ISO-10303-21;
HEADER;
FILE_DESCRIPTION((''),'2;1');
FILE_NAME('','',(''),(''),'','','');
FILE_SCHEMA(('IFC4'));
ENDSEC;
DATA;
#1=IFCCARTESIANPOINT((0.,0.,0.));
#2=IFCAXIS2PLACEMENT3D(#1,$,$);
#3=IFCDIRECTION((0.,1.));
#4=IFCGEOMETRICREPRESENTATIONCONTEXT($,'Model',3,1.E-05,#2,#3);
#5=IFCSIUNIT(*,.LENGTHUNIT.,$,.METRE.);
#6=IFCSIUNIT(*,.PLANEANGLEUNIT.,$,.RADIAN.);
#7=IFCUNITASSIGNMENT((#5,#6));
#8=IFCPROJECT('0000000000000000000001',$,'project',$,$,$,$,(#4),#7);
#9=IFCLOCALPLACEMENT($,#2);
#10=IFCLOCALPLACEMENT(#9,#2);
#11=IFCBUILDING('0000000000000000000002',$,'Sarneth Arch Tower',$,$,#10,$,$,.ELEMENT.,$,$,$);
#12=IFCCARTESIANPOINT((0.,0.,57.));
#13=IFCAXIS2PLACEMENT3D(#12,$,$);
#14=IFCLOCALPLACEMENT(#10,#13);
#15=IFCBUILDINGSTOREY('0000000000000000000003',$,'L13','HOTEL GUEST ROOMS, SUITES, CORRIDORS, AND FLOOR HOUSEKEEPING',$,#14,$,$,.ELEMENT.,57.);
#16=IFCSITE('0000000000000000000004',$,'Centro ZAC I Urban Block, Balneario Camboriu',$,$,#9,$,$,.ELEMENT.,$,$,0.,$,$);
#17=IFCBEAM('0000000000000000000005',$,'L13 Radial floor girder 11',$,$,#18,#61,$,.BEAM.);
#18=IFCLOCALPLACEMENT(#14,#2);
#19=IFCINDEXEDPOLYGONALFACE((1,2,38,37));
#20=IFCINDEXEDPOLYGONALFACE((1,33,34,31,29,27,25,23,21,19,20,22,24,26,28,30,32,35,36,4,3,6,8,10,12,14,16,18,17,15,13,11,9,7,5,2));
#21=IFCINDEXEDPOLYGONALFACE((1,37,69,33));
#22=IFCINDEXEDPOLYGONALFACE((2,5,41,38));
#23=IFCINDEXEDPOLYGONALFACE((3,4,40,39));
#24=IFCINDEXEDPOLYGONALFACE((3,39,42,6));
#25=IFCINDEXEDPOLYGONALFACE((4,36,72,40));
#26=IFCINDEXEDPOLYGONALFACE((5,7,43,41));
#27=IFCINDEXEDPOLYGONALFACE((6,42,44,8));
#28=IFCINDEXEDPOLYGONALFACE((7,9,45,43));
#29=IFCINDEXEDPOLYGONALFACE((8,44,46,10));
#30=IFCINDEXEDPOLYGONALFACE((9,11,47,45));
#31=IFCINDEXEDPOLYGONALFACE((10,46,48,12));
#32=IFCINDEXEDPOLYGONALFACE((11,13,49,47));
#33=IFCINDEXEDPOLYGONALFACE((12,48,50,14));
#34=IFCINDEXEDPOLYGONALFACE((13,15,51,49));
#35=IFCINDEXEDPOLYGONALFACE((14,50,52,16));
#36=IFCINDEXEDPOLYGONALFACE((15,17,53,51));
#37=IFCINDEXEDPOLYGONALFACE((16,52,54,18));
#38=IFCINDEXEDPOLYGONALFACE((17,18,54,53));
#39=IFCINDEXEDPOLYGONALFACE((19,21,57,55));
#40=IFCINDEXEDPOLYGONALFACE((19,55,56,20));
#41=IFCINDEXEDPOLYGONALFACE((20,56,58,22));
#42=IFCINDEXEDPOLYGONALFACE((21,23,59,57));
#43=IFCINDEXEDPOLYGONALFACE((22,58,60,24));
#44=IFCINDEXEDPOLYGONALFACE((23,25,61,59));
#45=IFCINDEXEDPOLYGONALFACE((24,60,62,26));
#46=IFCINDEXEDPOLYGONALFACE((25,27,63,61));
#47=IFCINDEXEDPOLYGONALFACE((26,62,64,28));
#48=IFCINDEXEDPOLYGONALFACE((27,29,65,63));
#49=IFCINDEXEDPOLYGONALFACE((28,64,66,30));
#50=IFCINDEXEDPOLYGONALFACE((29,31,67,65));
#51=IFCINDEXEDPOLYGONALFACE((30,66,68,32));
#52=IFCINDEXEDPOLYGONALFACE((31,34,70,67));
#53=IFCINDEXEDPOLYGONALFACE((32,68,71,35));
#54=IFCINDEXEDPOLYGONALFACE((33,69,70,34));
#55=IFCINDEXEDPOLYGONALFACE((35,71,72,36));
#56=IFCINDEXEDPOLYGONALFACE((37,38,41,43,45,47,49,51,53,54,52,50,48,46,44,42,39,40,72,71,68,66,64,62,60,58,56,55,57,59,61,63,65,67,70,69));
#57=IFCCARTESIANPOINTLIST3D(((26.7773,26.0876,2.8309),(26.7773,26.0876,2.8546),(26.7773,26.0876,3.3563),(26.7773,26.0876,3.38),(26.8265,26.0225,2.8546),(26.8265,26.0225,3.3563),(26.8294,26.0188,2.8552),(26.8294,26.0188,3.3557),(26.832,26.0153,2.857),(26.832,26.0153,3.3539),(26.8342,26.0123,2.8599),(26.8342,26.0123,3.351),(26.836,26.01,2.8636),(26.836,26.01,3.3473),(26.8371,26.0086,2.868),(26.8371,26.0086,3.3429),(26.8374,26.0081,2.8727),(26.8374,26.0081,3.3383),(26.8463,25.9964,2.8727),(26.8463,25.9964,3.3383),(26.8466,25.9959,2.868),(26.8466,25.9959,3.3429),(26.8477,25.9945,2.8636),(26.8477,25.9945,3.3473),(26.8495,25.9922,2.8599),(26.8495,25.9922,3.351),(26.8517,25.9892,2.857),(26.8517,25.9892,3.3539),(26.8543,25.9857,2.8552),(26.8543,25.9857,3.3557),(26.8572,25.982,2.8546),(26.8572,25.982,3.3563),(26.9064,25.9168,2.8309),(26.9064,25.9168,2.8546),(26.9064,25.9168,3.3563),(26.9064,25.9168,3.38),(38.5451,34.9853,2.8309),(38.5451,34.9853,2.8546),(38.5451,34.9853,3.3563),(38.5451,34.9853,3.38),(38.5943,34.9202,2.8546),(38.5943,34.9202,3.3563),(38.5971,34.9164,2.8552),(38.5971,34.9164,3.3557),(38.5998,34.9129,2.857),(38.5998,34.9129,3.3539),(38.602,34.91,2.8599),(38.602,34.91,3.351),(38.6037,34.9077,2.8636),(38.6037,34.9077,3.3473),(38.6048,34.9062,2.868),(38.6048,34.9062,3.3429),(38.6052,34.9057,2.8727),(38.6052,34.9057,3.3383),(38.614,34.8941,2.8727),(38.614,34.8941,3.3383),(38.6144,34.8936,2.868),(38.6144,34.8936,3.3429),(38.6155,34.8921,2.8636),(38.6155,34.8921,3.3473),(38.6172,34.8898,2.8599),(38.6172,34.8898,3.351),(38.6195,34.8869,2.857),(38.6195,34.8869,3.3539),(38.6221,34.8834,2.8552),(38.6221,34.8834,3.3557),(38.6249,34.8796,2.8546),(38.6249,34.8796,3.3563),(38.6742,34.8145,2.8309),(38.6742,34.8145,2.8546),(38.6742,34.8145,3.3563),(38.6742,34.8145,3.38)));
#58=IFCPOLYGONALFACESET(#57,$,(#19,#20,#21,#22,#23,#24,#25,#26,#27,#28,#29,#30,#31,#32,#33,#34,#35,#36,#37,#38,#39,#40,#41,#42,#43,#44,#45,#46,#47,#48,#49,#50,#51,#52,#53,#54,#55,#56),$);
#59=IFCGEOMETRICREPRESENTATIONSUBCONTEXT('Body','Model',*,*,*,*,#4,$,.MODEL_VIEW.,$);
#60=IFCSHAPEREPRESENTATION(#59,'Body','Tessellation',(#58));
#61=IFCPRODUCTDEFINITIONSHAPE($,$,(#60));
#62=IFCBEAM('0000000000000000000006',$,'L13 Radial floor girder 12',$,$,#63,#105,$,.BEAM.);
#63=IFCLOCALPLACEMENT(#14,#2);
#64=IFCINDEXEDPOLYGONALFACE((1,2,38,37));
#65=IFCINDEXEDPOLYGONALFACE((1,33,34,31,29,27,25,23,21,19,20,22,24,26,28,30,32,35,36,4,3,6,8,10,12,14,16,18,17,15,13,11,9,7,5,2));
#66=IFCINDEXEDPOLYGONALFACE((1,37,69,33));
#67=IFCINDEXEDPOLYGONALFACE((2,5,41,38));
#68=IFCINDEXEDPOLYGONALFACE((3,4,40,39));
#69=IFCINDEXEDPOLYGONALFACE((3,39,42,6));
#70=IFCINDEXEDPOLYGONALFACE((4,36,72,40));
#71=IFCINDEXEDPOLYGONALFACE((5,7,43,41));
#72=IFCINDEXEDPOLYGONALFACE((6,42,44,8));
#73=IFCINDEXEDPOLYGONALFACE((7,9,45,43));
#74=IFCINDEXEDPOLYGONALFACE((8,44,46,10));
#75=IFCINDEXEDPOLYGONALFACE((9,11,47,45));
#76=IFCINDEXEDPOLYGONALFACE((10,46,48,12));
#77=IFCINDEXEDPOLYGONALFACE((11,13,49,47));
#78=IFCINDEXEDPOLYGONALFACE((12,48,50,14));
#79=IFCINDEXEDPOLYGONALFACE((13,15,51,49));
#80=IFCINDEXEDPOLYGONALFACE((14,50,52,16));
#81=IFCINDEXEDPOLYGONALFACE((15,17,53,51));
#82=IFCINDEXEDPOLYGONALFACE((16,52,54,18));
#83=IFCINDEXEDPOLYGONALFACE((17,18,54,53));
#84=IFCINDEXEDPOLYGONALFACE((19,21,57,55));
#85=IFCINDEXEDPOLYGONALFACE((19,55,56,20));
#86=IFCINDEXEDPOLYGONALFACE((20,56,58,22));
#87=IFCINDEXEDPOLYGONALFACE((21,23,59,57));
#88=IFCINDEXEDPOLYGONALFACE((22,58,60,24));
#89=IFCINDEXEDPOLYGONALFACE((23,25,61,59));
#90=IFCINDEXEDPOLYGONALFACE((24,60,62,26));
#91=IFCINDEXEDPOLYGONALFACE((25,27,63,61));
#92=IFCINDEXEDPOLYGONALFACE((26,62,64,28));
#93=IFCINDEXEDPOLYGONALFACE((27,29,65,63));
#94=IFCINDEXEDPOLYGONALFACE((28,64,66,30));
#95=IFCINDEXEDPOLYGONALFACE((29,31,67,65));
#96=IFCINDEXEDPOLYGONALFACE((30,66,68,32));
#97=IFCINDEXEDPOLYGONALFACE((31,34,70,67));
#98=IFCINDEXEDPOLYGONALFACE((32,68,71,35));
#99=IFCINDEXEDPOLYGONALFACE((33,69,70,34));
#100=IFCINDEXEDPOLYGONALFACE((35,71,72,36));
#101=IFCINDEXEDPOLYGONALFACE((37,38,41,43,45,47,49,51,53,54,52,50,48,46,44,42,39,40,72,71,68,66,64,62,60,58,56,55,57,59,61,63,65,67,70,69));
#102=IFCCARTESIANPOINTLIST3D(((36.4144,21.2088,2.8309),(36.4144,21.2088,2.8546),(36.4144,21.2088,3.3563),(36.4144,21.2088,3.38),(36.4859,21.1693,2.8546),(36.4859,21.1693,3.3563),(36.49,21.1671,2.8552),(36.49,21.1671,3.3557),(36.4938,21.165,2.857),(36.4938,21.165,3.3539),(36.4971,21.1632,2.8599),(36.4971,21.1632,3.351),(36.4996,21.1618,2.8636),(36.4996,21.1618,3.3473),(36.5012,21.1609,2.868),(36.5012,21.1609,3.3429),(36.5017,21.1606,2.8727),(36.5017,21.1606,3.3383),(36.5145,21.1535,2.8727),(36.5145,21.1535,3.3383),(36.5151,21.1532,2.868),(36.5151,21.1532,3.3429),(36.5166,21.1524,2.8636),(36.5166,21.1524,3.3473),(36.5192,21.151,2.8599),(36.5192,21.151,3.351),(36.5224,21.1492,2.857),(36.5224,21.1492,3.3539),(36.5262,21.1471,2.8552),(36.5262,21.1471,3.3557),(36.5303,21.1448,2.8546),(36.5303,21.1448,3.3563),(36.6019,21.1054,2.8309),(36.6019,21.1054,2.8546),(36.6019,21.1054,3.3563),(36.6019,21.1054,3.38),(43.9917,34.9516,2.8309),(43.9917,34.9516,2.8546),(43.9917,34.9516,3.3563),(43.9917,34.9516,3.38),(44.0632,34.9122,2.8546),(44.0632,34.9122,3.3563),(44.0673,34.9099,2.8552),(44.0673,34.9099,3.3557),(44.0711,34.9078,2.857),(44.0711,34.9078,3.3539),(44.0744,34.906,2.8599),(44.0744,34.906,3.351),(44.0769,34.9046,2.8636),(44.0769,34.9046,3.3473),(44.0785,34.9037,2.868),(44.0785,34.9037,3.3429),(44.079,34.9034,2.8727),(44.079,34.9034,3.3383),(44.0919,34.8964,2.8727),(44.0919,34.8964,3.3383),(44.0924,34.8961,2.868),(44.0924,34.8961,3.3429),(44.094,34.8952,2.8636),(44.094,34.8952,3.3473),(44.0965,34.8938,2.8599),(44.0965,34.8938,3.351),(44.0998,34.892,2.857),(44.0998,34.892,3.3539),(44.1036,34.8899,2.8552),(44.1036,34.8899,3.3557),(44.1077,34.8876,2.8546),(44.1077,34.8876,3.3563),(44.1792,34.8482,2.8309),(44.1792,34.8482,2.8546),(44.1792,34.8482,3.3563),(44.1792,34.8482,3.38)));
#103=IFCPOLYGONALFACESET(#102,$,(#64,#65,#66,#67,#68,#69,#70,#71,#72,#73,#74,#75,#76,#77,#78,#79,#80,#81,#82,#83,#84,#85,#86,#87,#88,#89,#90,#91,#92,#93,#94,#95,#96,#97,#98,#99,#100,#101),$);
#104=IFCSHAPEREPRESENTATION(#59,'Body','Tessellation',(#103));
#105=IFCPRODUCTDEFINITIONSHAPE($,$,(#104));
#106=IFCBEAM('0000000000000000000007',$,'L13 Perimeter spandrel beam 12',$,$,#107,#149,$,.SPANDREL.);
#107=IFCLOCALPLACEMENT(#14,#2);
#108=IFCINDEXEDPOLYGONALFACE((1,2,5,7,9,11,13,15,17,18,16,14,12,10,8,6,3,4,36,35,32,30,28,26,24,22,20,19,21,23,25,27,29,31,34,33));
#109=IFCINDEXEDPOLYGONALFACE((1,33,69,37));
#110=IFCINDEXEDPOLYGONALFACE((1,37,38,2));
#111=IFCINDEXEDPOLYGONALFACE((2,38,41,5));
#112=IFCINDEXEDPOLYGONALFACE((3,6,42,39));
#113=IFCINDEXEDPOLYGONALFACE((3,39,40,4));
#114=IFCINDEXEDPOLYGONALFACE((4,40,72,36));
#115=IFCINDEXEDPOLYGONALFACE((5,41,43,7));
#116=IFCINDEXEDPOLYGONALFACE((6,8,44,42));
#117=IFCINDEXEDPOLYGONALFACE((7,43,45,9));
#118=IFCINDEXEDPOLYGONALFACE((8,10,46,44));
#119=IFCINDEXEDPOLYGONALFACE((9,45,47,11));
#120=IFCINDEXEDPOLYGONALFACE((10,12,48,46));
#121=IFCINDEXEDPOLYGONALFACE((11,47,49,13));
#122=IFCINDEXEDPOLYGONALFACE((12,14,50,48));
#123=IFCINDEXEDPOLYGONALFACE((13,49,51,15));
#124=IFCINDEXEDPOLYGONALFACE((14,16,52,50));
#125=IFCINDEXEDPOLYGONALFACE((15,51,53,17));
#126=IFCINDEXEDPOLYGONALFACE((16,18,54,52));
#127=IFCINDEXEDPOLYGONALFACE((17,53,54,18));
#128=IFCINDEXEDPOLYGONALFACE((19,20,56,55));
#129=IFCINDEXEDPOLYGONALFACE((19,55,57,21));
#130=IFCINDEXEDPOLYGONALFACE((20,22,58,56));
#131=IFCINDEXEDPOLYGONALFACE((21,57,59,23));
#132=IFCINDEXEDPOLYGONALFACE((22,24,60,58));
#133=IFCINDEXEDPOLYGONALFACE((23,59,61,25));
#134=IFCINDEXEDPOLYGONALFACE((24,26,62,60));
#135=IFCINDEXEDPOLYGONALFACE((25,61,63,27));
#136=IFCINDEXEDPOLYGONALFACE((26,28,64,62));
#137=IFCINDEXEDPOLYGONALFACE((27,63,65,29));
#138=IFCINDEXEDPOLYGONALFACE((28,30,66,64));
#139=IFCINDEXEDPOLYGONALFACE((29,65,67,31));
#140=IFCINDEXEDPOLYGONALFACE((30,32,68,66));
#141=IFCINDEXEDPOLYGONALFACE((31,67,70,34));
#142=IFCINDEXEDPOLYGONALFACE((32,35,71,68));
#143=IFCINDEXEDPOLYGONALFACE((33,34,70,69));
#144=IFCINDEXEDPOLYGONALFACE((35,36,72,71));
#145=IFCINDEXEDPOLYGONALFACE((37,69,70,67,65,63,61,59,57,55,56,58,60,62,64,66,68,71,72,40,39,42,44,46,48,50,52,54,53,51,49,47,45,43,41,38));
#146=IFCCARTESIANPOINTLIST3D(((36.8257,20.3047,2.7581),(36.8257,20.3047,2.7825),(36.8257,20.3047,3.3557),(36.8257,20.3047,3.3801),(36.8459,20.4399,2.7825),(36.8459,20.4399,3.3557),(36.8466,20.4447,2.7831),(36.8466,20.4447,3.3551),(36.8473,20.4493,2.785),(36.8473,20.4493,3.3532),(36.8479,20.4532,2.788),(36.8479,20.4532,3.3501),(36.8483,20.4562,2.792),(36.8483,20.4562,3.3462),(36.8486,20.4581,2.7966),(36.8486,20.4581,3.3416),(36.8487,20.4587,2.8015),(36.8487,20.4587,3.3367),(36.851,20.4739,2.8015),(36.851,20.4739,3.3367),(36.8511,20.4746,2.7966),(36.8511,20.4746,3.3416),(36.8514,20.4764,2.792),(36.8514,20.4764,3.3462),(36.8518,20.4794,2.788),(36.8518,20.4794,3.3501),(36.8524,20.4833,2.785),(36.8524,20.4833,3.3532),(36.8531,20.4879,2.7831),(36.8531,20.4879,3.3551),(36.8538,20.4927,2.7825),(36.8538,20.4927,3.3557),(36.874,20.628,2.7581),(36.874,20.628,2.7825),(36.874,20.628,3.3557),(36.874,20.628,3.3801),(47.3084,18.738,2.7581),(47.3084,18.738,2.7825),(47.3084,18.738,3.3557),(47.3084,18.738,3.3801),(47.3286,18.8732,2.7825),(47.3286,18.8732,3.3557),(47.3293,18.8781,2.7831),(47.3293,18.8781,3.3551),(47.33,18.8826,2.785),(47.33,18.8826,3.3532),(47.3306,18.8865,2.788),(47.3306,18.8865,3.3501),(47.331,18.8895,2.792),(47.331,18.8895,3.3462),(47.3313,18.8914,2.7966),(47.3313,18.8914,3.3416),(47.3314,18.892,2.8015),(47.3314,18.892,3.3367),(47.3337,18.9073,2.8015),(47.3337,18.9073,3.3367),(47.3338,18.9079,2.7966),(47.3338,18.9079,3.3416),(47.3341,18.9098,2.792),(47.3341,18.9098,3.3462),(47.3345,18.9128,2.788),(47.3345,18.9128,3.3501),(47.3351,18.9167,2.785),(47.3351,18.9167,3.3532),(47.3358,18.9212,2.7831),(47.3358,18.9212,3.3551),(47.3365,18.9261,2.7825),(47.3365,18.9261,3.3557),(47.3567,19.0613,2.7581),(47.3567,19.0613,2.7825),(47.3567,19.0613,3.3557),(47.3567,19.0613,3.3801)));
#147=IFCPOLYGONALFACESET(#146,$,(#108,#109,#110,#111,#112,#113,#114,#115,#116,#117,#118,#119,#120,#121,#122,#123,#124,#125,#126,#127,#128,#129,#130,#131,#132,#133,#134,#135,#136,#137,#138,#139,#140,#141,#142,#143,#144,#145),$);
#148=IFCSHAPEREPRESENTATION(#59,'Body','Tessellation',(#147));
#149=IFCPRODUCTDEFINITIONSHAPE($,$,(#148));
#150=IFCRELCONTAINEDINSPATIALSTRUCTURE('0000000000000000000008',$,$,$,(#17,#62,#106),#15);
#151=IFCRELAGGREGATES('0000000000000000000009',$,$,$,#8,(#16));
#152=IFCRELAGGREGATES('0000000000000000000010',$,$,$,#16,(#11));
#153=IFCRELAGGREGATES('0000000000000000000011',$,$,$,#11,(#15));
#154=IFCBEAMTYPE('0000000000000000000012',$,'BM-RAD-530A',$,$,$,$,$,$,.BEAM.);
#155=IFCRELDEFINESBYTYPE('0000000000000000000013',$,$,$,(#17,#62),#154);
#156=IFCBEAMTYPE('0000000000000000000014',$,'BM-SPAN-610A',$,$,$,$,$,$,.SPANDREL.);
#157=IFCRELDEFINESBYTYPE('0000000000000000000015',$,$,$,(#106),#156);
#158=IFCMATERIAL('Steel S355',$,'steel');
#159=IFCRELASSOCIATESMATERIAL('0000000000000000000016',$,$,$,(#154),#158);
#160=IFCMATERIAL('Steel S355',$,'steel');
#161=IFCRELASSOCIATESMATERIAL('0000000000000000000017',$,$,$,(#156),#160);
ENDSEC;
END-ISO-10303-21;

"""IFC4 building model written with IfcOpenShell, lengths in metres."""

from ifc_helpers import new_model, si_unit, direction, frame, origin, origin_2d, place, context, subcontext, project, spatial, i_section, extrude, material, material_profile, profile_set, type_object, element, save


model = new_model("IFC4")

# Units and contexts
model_context = context("Model", 3, precision=1e-05, world=origin(), true_north=direction((0.0, 1.0)))
body_context = subcontext(model_context, "Body", "Model", "MODEL_VIEW")
ifc_project = project(units=[si_unit("LENGTHUNIT", "METRE"), si_unit("PLANEANGLEUNIT", "RADIAN")], contexts=[model_context])

# Site, building, storey
site_placement = place(None, origin())
site = spatial("IfcSite", under=ifc_project, at=site_placement, Name="Centro ZAC I Urban Block, Balneario Camboriu", CompositionType="ELEMENT", RefElevation=0.0)
building_placement = place(site_placement, origin())
building = spatial("IfcBuilding", under=site, at=building_placement, Name="Sarneth Arch Tower", CompositionType="ELEMENT")
storey_placement = place(building_placement, frame((0.0, 0.0, 57.0)))
storey = spatial("IfcBuildingStorey", under=building, at=storey_placement, Name="L13", Description="HOTEL GUEST ROOMS, SUITES, CORRIDORS, AND FLOOR HOUSEKEEPING", CompositionType="ELEMENT", Elevation=57.0)

# Beams
ifc_material_1 = material(Name="Steel S355", Category="steel")
ifc_material_profile_1 = material_profile(ifc_material_1, i_section(OverallWidth=0.2141, OverallDepth=0.5491, WebThickness=0.0146, FlangeThickness=0.0237, FilletRadius=0.0181, at=origin_2d()), Name="W530x138")
ifc_profile_set_1 = profile_set([ifc_material_profile_1], Name="Steel S355")
beam_type_1 = type_object("IfcBeamType", Name="BM-RAD-530A", PredefinedType="BEAM", material=ifc_profile_set_1)
beam_1_placement = place(storey_placement, frame((38.6096, 34.8999, 3.1055), z_axis=(-0.797657, -0.603112, 0.0), x_axis=(0.603112, -0.797657, 0.0)))
element("IfcBeam", 1, at=beam_1_placement, inside=storey, type_object=beam_type_1, Name="L13 Radial floor girder 11", PredefinedType="BEAM", context=body_context, shape_type="SweptSolid", body=[
    extrude(i_section(OverallWidth=0.2141, OverallDepth=0.5491, WebThickness=0.0146, FlangeThickness=0.0237, FilletRadius=0.0181, at=origin_2d()), origin(), (0.0, 0.0, 1.0), 14.7529),
])
beam_2_placement = place(storey_placement, frame((44.0854, 34.8999, 3.1055), z_axis=(-0.482838, -0.87571, 0.0), x_axis=(0.87571, -0.482838, 0.0)))
element("IfcBeam", 2, at=beam_2_placement, inside=storey, type_object=beam_type_1, Name="L13 Radial floor girder 12", PredefinedType="BEAM", context=body_context, shape_type="SweptSolid", body=[
    extrude(i_section(OverallWidth=0.2141, OverallDepth=0.5491, WebThickness=0.0146, FlangeThickness=0.0237, FilletRadius=0.0181, at=origin_2d()), origin(), (0.0, 0.0, 1.0), 15.6934),
])
ifc_material_2 = material(Name="Steel S355", Category="steel")
ifc_material_profile_2 = material_profile(ifc_material_2, i_section(OverallWidth=0.3269, OverallDepth=0.6221, WebThickness=0.0154, FlangeThickness=0.0244, FilletRadius=0.019, at=origin_2d()), Name="W610x195")
ifc_profile_set_2 = profile_set([ifc_material_profile_2], Name="Steel S355")
beam_type_2 = type_object("IfcBeamType", Name="BM-SPAN-610A", PredefinedType="SPANDREL", material=ifc_profile_set_2)
beam_3_placement = place(storey_placement, frame((36.8499, 20.4663, 3.0691), z_axis=(0.989016, -0.14781, 0.0), x_axis=(0.14781, 0.989016, 0.0)))
element("IfcBeam", 3, at=beam_3_placement, inside=storey, type_object=beam_type_2, Name="L13 Perimeter spandrel beam 12", PredefinedType="SPANDREL", context=body_context, shape_type="SweptSolid", body=[
    extrude(i_section(OverallWidth=0.3269, OverallDepth=0.6221, WebThickness=0.0154, FlangeThickness=0.0244, FilletRadius=0.019, at=origin_2d()), origin(), (0.0, 0.0, 1.0), 10.5991),
])

save(model, "model.ifc")
